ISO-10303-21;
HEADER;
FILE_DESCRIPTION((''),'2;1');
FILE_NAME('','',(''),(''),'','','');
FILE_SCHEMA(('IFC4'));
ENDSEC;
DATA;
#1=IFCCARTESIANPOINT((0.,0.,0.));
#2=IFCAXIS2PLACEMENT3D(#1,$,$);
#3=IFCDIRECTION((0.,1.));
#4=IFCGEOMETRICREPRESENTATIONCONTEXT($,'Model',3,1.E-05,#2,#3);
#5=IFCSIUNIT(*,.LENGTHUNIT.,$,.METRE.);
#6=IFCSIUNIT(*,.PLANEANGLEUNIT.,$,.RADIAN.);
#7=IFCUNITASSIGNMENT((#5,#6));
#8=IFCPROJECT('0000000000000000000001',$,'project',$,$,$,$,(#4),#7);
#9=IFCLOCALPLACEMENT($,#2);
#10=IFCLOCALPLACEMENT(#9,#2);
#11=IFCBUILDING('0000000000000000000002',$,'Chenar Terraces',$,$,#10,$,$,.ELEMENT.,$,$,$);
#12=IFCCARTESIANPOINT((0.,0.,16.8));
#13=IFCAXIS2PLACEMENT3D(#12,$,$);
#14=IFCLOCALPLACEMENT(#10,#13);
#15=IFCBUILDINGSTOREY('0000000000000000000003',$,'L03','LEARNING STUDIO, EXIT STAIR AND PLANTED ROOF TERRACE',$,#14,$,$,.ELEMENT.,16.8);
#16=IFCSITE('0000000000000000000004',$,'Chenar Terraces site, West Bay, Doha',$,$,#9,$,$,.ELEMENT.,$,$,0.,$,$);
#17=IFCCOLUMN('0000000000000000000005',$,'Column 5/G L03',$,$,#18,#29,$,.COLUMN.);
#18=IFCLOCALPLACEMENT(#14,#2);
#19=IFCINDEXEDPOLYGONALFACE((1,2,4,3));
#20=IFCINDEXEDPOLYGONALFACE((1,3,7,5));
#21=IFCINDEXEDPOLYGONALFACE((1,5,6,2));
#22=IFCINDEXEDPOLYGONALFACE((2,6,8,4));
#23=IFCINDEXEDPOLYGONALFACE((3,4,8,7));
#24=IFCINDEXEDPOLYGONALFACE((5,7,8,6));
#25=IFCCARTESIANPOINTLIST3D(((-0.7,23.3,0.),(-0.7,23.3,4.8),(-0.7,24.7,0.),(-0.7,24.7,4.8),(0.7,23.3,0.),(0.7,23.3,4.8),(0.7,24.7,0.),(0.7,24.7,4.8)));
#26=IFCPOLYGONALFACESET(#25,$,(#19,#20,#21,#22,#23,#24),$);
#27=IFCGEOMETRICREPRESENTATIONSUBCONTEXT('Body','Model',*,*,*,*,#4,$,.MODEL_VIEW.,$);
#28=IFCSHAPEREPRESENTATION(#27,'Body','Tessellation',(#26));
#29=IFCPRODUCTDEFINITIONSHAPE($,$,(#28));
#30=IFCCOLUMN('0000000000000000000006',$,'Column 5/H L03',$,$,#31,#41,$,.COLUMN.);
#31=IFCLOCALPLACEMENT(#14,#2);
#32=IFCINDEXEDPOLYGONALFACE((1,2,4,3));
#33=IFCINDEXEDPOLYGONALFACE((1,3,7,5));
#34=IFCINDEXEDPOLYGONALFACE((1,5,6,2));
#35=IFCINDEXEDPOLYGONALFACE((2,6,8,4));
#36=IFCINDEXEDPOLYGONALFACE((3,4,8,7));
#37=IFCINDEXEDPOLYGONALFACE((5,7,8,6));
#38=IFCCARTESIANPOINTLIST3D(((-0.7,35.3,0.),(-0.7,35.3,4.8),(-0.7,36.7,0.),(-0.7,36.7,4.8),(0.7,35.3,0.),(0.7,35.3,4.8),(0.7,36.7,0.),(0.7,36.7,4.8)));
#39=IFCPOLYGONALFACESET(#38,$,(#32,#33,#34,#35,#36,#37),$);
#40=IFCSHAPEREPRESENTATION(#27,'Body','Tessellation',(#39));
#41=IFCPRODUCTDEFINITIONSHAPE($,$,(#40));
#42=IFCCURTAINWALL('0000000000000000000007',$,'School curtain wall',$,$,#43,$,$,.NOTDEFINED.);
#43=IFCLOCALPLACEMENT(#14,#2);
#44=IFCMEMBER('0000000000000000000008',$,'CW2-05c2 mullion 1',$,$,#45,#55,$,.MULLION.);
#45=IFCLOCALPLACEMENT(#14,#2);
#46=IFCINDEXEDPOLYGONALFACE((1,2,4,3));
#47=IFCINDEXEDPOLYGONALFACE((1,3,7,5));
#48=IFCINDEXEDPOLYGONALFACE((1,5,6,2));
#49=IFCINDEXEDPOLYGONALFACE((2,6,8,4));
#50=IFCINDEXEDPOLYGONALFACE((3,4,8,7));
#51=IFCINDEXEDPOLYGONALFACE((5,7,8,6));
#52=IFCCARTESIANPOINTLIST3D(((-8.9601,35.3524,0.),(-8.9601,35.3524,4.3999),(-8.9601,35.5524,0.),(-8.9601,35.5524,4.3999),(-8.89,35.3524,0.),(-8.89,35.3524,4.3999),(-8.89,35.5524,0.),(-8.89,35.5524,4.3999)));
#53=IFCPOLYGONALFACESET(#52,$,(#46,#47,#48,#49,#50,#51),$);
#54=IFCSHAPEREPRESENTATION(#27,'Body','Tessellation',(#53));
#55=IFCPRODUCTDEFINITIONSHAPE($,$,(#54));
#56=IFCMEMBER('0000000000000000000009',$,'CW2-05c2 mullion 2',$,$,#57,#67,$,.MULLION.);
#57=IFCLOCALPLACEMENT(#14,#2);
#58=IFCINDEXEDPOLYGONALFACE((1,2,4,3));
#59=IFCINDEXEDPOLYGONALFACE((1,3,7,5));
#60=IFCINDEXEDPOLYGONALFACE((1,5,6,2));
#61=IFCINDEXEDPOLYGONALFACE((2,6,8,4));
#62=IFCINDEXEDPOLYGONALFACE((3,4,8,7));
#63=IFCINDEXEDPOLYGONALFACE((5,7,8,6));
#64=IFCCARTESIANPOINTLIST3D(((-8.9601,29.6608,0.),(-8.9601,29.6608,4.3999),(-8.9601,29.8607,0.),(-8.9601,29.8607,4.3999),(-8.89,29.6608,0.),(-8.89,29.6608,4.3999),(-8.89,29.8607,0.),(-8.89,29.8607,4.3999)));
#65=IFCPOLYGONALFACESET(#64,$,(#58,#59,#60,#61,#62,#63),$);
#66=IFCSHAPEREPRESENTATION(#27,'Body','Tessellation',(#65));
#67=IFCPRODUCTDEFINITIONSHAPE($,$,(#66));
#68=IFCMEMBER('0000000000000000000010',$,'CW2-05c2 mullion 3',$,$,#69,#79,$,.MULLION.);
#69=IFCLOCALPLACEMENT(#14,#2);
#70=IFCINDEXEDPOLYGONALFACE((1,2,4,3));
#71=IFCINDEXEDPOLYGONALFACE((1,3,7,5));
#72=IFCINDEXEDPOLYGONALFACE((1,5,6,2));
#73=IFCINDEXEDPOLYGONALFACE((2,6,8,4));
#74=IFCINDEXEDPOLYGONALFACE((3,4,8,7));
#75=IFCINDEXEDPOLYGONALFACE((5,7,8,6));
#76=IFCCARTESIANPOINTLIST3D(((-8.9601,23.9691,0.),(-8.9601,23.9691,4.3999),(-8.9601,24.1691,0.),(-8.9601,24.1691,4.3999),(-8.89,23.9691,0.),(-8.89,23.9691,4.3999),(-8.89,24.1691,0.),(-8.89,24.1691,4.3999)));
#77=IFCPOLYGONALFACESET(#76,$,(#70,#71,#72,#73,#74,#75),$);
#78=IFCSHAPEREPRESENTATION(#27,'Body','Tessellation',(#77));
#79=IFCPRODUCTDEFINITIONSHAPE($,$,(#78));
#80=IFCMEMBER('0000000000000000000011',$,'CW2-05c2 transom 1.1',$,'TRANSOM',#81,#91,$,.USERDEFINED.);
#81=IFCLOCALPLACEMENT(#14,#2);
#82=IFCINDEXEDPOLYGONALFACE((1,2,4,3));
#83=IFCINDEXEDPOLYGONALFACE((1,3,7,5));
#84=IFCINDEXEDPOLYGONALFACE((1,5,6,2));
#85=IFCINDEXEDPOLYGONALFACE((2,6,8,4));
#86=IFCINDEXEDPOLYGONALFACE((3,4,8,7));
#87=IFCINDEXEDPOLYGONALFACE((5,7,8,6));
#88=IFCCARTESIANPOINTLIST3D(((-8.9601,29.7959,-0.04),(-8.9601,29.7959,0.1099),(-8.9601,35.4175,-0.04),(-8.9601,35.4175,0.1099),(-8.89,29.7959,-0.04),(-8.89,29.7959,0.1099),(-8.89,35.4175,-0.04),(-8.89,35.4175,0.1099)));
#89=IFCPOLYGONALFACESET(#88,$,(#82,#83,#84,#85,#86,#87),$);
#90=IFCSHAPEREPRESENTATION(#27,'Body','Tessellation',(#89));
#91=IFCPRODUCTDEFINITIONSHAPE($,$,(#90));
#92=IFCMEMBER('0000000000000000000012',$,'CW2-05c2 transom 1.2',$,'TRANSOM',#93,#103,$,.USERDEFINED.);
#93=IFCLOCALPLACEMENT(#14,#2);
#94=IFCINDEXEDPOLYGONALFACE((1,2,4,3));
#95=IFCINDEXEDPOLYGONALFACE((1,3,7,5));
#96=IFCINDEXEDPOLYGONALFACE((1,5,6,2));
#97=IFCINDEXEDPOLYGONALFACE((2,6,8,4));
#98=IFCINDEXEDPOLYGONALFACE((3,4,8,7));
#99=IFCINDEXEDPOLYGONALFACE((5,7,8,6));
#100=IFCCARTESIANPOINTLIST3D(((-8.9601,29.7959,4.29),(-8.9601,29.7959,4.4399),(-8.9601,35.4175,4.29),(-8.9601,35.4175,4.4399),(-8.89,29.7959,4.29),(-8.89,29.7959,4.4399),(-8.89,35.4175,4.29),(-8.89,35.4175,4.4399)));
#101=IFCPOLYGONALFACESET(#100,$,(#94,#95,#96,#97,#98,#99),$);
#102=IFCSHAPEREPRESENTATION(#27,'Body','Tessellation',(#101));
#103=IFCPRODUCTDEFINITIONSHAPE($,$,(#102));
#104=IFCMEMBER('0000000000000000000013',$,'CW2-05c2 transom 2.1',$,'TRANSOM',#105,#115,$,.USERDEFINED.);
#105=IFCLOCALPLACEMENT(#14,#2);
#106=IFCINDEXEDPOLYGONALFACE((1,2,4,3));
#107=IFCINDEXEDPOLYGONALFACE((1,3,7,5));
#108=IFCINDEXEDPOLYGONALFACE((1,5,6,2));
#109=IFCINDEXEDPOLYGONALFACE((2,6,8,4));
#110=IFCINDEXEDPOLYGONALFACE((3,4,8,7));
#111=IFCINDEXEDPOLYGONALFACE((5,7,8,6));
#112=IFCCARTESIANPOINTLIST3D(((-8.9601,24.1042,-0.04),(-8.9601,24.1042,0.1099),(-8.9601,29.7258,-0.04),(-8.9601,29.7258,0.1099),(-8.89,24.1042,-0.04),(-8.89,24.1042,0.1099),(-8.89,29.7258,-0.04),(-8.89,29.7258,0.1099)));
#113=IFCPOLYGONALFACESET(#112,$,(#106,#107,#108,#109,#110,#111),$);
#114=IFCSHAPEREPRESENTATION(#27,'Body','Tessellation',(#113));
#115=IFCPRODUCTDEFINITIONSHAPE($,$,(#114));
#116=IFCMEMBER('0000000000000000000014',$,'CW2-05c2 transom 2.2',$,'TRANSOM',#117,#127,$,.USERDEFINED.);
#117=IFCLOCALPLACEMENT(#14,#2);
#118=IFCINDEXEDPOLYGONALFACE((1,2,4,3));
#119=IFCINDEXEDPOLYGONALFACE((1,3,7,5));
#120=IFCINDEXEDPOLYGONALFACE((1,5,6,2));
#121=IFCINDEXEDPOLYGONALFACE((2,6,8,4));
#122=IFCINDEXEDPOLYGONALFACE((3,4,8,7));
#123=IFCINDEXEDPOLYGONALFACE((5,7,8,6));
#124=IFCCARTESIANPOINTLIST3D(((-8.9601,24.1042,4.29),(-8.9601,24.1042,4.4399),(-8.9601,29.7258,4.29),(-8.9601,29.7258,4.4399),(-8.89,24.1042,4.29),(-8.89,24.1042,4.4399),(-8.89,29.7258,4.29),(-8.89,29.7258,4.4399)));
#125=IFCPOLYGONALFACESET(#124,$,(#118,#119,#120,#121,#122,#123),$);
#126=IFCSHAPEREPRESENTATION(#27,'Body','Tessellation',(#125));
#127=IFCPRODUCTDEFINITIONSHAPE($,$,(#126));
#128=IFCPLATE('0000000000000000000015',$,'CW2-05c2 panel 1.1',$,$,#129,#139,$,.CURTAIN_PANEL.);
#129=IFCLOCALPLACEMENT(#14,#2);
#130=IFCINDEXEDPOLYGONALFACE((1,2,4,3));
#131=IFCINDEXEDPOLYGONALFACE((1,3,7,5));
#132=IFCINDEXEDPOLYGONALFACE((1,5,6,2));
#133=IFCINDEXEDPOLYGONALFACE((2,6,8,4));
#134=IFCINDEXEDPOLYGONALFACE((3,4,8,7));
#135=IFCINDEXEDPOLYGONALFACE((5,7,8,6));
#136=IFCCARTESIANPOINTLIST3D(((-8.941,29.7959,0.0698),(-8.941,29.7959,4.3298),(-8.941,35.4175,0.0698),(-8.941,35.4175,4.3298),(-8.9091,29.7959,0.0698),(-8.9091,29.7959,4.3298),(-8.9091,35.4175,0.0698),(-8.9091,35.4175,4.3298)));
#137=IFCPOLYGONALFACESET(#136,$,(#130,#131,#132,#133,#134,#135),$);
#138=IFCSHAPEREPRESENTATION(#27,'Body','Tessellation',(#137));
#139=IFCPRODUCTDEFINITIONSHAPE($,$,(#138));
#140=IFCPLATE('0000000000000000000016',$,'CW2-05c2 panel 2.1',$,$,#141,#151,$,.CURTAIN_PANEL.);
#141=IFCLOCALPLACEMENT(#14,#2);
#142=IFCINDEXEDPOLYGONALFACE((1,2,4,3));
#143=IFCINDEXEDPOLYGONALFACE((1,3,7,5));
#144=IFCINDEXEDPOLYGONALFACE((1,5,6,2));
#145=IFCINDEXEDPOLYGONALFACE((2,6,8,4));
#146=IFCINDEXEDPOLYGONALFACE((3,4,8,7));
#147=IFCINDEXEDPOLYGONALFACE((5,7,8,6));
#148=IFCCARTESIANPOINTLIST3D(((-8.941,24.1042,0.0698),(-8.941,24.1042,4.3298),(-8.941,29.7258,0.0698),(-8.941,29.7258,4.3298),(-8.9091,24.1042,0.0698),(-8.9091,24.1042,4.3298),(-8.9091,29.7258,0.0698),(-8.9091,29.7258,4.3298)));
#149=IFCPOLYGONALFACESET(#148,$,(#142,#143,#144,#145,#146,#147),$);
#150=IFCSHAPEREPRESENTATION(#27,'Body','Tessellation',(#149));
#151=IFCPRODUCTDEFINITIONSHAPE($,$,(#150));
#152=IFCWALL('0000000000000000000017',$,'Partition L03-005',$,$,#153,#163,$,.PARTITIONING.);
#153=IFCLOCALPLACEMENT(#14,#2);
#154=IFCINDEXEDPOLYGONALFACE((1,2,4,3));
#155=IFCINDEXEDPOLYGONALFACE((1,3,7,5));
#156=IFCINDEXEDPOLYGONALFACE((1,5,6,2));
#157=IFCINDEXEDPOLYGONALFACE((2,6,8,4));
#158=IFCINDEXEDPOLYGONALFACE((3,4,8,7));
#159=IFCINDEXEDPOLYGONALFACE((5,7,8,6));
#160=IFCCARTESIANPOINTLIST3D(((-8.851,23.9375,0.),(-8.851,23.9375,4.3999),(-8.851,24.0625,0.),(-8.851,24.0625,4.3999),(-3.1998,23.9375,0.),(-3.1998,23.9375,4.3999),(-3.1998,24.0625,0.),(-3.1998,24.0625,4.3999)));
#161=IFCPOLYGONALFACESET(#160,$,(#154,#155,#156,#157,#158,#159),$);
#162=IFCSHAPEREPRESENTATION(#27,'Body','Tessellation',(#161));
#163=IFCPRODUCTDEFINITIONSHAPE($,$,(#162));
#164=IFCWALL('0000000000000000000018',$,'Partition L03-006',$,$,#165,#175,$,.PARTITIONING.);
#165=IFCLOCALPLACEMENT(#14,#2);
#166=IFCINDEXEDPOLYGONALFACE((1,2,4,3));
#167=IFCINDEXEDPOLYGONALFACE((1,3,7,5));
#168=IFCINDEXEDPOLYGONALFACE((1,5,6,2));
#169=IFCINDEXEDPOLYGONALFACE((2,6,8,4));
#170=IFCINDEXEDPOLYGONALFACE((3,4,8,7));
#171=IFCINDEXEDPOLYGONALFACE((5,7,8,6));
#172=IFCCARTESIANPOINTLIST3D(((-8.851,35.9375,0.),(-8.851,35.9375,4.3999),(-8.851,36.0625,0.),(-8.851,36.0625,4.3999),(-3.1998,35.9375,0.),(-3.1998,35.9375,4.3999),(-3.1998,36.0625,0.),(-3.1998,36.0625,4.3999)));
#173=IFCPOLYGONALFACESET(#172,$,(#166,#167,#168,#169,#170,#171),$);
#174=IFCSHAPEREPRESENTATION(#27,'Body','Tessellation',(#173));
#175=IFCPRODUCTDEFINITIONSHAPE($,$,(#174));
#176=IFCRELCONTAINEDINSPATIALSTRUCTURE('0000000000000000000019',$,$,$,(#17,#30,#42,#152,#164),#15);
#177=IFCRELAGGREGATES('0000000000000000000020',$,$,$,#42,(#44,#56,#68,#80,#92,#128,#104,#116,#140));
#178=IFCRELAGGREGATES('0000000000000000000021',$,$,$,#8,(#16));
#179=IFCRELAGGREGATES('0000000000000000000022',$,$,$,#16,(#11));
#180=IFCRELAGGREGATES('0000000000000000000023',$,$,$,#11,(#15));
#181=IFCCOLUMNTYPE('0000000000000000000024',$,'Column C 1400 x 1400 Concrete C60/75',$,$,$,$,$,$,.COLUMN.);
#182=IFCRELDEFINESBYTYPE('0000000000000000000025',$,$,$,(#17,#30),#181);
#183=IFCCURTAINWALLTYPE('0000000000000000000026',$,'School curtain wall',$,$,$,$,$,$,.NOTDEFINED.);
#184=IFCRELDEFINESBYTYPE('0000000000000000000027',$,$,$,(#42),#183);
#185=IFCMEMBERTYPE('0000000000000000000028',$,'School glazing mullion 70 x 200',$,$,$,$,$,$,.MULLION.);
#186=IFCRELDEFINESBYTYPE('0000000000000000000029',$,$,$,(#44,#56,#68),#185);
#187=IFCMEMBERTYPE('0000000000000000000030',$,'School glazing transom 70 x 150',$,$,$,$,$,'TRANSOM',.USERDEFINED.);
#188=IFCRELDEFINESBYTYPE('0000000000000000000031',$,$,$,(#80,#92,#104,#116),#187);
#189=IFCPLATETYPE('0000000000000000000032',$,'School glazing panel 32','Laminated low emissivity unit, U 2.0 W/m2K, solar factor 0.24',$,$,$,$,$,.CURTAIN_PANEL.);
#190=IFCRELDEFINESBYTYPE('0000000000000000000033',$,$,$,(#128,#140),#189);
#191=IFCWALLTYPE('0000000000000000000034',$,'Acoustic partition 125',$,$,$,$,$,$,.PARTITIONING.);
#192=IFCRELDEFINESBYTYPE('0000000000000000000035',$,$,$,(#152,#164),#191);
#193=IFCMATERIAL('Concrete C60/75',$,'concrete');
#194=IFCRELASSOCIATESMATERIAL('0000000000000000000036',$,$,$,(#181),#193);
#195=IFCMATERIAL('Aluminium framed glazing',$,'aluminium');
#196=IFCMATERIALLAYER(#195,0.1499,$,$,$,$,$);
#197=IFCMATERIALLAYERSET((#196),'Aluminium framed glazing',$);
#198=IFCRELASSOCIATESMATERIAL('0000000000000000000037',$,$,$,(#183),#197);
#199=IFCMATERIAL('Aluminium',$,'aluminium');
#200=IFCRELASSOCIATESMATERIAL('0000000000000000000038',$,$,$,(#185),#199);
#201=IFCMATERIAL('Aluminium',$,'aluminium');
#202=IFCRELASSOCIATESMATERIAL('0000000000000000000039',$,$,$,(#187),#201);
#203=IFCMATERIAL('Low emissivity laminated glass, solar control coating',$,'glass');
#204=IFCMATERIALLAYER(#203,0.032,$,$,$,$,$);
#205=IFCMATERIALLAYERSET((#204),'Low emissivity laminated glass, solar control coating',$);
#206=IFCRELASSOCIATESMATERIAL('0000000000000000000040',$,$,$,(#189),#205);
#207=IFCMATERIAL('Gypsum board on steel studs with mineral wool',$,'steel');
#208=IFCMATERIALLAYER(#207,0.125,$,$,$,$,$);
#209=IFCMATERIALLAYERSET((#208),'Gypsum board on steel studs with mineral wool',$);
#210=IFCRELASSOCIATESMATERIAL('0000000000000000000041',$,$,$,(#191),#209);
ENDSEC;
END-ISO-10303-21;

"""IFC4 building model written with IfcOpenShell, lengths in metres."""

from ifc_helpers import new_model, si_unit, direction, frame, frame_2d, origin, origin_2d, place, context, subcontext, project, spatial, rectangle, extrude, material, layer, layer_set, material_profile, profile_set, type_object, element, aggregate, save


model = new_model("IFC4")

# Units and contexts
model_context = context("Model", 3, precision=1e-05, world=origin(), true_north=direction((0.0, 1.0)))
body_context = subcontext(model_context, "Body", "Model", "MODEL_VIEW")
ifc_project = project(units=[si_unit("LENGTHUNIT", "METRE"), si_unit("PLANEANGLEUNIT", "RADIAN")], contexts=[model_context])

# Site, building, storey
site_placement = place(None, origin())
site = spatial("IfcSite", under=ifc_project, at=site_placement, Name="Chenar Terraces site, West Bay, Doha", CompositionType="ELEMENT", RefElevation=0.0)
building_placement = place(site_placement, origin())
building = spatial("IfcBuilding", under=site, at=building_placement, Name="Chenar Terraces", CompositionType="ELEMENT")
storey_placement = place(building_placement, frame((0.0, 0.0, 16.8)))
storey = spatial("IfcBuildingStorey", under=building, at=storey_placement, Name="L03", Description="LEARNING STUDIO, EXIT STAIR AND PLANTED ROOF TERRACE", CompositionType="ELEMENT", Elevation=16.8)

# Columns
ifc_material_1 = material(Name="Concrete C60/75", Category="concrete")
ifc_material_profile_1 = material_profile(ifc_material_1, rectangle(XDim=1.3999, YDim=1.3999, at=origin_2d()), Name="C 1400 x 1400")
ifc_profile_set_1 = profile_set([ifc_material_profile_1], Name="Concrete C60/75")
column_type = type_object("IfcColumnType", Name="Column C 1400 x 1400 Concrete C60/75", PredefinedType="COLUMN", material=ifc_profile_set_1)
for number, where, z_axis, x_axis, name in (
    (1, (0.0, 24.0, 0.0), (0.0, 0.0, 1.0), (1.0, 0.0, 0.0), "Column 5/G L03"),
    (2, (0.0, 36.0, 0.0), (0.0, 0.0, 1.0), (1.0, 0.0, 0.0), "Column 5/H L03"),
):
    element("IfcColumn", number, at=place(storey_placement, frame(where, z_axis=z_axis, x_axis=x_axis)), inside=storey, type_object=column_type, Name=name, PredefinedType="COLUMN", context=body_context, shape_type="SweptSolid", body=[
        extrude(rectangle(XDim=1.3999, YDim=1.3999, at=origin_2d()), origin(), (0.0, 0.0, 1.0), 4.8),
    ])

# Curtain wall, members, plates
ifc_material_2 = material(Name="Aluminium framed glazing", Category="aluminium")
ifc_layer_1 = layer(ifc_material_2, 0.1499)
ifc_layer_set_1 = layer_set([ifc_layer_1], Name="Aluminium framed glazing")
curtain_wall_type = type_object("IfcCurtainWallType", Name="School curtain wall", PredefinedType="NOTDEFINED", material=ifc_layer_set_1)
curtain_wall_placement = place(storey_placement, origin())
curtain_wall = element("IfcCurtainWall", 3, at=curtain_wall_placement, inside=storey, type_object=curtain_wall_type, Name="School curtain wall", PredefinedType="NOTDEFINED")
ifc_material_3 = material(Name="Aluminium", Category="aluminium")
ifc_material_profile_2 = material_profile(ifc_material_3, rectangle(XDim=0.0701, YDim=0.2, at=origin_2d()), Name="School glazing mullion 70 x 200")
ifc_profile_set_2 = profile_set([ifc_material_profile_2], Name="Aluminium")
member_type_1 = type_object("IfcMemberType", Name="School glazing mullion 70 x 200", PredefinedType="MULLION", material=ifc_profile_set_2)
member_1_placement = place(storey_placement, frame((-8.925, 35.4524, 0.0), z_axis=(0.0, 0.0, 1.0), x_axis=(1.0, 0.0, 0.0)))
member_1 = element("IfcMember", 4, at=member_1_placement, type_object=member_type_1, Name="CW2-05c2 mullion 1", PredefinedType="MULLION", context=body_context, shape_type="SweptSolid", body=[
    extrude(rectangle(XDim=0.0701, YDim=0.2, at=origin_2d()), origin(), (0.0, 0.0, 1.0), 4.3999),
])
member_2_placement = place(storey_placement, frame((-8.925, 29.7607, 0.0), z_axis=(0.0, 0.0, 1.0), x_axis=(1.0, 0.0, 0.0)))
member_2 = element("IfcMember", 5, at=member_2_placement, type_object=member_type_1, Name="CW2-05c2 mullion 2", PredefinedType="MULLION", context=body_context, shape_type="SweptSolid", body=[
    extrude(rectangle(XDim=0.0701, YDim=0.2, at=origin_2d()), origin(), (0.0, 0.0, 1.0), 4.3999),
])
member_3_placement = place(storey_placement, frame((-8.925, 24.0691, 0.0), z_axis=(0.0, 0.0, 1.0), x_axis=(1.0, 0.0, 0.0)))
member_3 = element("IfcMember", 6, at=member_3_placement, type_object=member_type_1, Name="CW2-05c2 mullion 3", PredefinedType="MULLION", context=body_context, shape_type="SweptSolid", body=[
    extrude(rectangle(XDim=0.0701, YDim=0.2, at=origin_2d()), origin(), (0.0, 0.0, 1.0), 4.3999),
])
ifc_material_4 = material(Name="Aluminium", Category="aluminium")
ifc_material_profile_3 = material_profile(ifc_material_4, rectangle(XDim=0.0701, YDim=0.1499, at=origin_2d()), Name="School glazing transom 70 x 150")
ifc_profile_set_3 = profile_set([ifc_material_profile_3], Name="Aluminium")
member_type_2 = type_object("IfcMemberType", Name="School glazing transom 70 x 150", ElementType="TRANSOM", PredefinedType="USERDEFINED", material=ifc_profile_set_3)
member_4_placement = place(storey_placement, frame((-8.925, 35.4175, 0.0349), z_axis=(0.0, -1.0, 0.0), x_axis=(1.0, 0.0, 0.0)))
member_4 = element("IfcMember", 7, at=member_4_placement, type_object=member_type_2, Name="CW2-05c2 transom 1.1", ObjectType="TRANSOM", PredefinedType="USERDEFINED", context=body_context, shape_type="SweptSolid", body=[
    extrude(rectangle(XDim=0.0701, YDim=0.1499, at=origin_2d()), origin(), (0.0, 0.0, 1.0), 5.6216),
])
member_5_placement = place(storey_placement, frame((-8.925, 35.4175, 4.365), z_axis=(0.0, -1.0, 0.0), x_axis=(1.0, 0.0, 0.0)))
member_5 = element("IfcMember", 8, at=member_5_placement, type_object=member_type_2, Name="CW2-05c2 transom 1.2", ObjectType="TRANSOM", PredefinedType="USERDEFINED", context=body_context, shape_type="SweptSolid", body=[
    extrude(rectangle(XDim=0.0701, YDim=0.1499, at=origin_2d()), origin(), (0.0, 0.0, 1.0), 5.6216),
])
member_6_placement = place(storey_placement, frame((-8.925, 29.7258, 0.0349), z_axis=(0.0, -1.0, 0.0), x_axis=(1.0, 0.0, 0.0)))
member_6 = element("IfcMember", 9, at=member_6_placement, type_object=member_type_2, Name="CW2-05c2 transom 2.1", ObjectType="TRANSOM", PredefinedType="USERDEFINED", context=body_context, shape_type="SweptSolid", body=[
    extrude(rectangle(XDim=0.0701, YDim=0.1499, at=origin_2d()), origin(), (0.0, 0.0, 1.0), 5.6216),
])
member_7_placement = place(storey_placement, frame((-8.925, 29.7258, 4.365), z_axis=(0.0, -1.0, 0.0), x_axis=(1.0, 0.0, 0.0)))
member_7 = element("IfcMember", 10, at=member_7_placement, type_object=member_type_2, Name="CW2-05c2 transom 2.2", ObjectType="TRANSOM", PredefinedType="USERDEFINED", context=body_context, shape_type="SweptSolid", body=[
    extrude(rectangle(XDim=0.0701, YDim=0.1499, at=origin_2d()), origin(), (0.0, 0.0, 1.0), 5.6216),
])
ifc_material_5 = material(Name="Low emissivity laminated glass, solar control coating", Category="glass")
ifc_layer_2 = layer(ifc_material_5, 0.032)
ifc_layer_set_2 = layer_set([ifc_layer_2], Name="Low emissivity laminated glass, solar control coating")
plate_type = type_object("IfcPlateType", Name="School glazing panel 32", Description="Laminated low emissivity unit, U 2.0 W/m2K, solar factor 0.24", PredefinedType="CURTAIN_PANEL", material=ifc_layer_set_2)
plate_1_placement = place(storey_placement, frame((-8.925, 32.6067, 0.0698), z_axis=(0.0, 0.0, 1.0), x_axis=(0.0, -1.0, 0.0)))
plate_1 = element("IfcPlate", 11, at=plate_1_placement, type_object=plate_type, Name="CW2-05c2 panel 1.1", PredefinedType="CURTAIN_PANEL", context=body_context, shape_type="SweptSolid", body=[
    extrude(rectangle(XDim=5.6216, YDim=0.032, at=origin_2d()), origin(), (0.0, 0.0, 1.0), 4.26),
])
plate_2_placement = place(storey_placement, frame((-8.925, 26.915, 0.0698), z_axis=(0.0, 0.0, 1.0), x_axis=(0.0, -1.0, 0.0)))
plate_2 = element("IfcPlate", 12, at=plate_2_placement, type_object=plate_type, Name="CW2-05c2 panel 2.1", PredefinedType="CURTAIN_PANEL", context=body_context, shape_type="SweptSolid", body=[
    extrude(rectangle(XDim=5.6216, YDim=0.032, at=origin_2d()), origin(), (0.0, 0.0, 1.0), 4.26),
])
aggregate(curtain_wall, [member_1, member_2, member_3, member_4, member_5, plate_1, member_6, member_7, plate_2])

# Walls
ifc_material_6 = material(Name="Gypsum board on steel studs with mineral wool", Category="steel")
ifc_layer_3 = layer(ifc_material_6, 0.125)
ifc_layer_set_3 = layer_set([ifc_layer_3], Name="Gypsum board on steel studs with mineral wool")
wall_type_1 = type_object("IfcWallType", Name="Acoustic partition 125", PredefinedType="PARTITIONING", material=ifc_layer_set_3)
for number, where, z_axis, x_axis, name in (
    (13, (-8.8511, 24.0, 0.0), (0.0, 0.0, 1.0), (1.0, 0.0, 0.0), "Partition L03-005"),
    (14, (-8.8511, 36.0, 0.0), (0.0, 0.0, 1.0), (1.0, 0.0, 0.0), "Partition L03-006"),
):
    element("IfcWall", number, at=place(storey_placement, frame(where, z_axis=z_axis, x_axis=x_axis)), inside=storey, type_object=wall_type_1, Name=name, PredefinedType="PARTITIONING", context=body_context, shape_type="SweptSolid", body=[
        extrude(rectangle(XDim=5.6511, YDim=0.125, at=frame_2d((2.8257, 0.0))), origin(), (0.0, 0.0, 1.0), 4.3999),
    ])

save(model, "model.ifc")
